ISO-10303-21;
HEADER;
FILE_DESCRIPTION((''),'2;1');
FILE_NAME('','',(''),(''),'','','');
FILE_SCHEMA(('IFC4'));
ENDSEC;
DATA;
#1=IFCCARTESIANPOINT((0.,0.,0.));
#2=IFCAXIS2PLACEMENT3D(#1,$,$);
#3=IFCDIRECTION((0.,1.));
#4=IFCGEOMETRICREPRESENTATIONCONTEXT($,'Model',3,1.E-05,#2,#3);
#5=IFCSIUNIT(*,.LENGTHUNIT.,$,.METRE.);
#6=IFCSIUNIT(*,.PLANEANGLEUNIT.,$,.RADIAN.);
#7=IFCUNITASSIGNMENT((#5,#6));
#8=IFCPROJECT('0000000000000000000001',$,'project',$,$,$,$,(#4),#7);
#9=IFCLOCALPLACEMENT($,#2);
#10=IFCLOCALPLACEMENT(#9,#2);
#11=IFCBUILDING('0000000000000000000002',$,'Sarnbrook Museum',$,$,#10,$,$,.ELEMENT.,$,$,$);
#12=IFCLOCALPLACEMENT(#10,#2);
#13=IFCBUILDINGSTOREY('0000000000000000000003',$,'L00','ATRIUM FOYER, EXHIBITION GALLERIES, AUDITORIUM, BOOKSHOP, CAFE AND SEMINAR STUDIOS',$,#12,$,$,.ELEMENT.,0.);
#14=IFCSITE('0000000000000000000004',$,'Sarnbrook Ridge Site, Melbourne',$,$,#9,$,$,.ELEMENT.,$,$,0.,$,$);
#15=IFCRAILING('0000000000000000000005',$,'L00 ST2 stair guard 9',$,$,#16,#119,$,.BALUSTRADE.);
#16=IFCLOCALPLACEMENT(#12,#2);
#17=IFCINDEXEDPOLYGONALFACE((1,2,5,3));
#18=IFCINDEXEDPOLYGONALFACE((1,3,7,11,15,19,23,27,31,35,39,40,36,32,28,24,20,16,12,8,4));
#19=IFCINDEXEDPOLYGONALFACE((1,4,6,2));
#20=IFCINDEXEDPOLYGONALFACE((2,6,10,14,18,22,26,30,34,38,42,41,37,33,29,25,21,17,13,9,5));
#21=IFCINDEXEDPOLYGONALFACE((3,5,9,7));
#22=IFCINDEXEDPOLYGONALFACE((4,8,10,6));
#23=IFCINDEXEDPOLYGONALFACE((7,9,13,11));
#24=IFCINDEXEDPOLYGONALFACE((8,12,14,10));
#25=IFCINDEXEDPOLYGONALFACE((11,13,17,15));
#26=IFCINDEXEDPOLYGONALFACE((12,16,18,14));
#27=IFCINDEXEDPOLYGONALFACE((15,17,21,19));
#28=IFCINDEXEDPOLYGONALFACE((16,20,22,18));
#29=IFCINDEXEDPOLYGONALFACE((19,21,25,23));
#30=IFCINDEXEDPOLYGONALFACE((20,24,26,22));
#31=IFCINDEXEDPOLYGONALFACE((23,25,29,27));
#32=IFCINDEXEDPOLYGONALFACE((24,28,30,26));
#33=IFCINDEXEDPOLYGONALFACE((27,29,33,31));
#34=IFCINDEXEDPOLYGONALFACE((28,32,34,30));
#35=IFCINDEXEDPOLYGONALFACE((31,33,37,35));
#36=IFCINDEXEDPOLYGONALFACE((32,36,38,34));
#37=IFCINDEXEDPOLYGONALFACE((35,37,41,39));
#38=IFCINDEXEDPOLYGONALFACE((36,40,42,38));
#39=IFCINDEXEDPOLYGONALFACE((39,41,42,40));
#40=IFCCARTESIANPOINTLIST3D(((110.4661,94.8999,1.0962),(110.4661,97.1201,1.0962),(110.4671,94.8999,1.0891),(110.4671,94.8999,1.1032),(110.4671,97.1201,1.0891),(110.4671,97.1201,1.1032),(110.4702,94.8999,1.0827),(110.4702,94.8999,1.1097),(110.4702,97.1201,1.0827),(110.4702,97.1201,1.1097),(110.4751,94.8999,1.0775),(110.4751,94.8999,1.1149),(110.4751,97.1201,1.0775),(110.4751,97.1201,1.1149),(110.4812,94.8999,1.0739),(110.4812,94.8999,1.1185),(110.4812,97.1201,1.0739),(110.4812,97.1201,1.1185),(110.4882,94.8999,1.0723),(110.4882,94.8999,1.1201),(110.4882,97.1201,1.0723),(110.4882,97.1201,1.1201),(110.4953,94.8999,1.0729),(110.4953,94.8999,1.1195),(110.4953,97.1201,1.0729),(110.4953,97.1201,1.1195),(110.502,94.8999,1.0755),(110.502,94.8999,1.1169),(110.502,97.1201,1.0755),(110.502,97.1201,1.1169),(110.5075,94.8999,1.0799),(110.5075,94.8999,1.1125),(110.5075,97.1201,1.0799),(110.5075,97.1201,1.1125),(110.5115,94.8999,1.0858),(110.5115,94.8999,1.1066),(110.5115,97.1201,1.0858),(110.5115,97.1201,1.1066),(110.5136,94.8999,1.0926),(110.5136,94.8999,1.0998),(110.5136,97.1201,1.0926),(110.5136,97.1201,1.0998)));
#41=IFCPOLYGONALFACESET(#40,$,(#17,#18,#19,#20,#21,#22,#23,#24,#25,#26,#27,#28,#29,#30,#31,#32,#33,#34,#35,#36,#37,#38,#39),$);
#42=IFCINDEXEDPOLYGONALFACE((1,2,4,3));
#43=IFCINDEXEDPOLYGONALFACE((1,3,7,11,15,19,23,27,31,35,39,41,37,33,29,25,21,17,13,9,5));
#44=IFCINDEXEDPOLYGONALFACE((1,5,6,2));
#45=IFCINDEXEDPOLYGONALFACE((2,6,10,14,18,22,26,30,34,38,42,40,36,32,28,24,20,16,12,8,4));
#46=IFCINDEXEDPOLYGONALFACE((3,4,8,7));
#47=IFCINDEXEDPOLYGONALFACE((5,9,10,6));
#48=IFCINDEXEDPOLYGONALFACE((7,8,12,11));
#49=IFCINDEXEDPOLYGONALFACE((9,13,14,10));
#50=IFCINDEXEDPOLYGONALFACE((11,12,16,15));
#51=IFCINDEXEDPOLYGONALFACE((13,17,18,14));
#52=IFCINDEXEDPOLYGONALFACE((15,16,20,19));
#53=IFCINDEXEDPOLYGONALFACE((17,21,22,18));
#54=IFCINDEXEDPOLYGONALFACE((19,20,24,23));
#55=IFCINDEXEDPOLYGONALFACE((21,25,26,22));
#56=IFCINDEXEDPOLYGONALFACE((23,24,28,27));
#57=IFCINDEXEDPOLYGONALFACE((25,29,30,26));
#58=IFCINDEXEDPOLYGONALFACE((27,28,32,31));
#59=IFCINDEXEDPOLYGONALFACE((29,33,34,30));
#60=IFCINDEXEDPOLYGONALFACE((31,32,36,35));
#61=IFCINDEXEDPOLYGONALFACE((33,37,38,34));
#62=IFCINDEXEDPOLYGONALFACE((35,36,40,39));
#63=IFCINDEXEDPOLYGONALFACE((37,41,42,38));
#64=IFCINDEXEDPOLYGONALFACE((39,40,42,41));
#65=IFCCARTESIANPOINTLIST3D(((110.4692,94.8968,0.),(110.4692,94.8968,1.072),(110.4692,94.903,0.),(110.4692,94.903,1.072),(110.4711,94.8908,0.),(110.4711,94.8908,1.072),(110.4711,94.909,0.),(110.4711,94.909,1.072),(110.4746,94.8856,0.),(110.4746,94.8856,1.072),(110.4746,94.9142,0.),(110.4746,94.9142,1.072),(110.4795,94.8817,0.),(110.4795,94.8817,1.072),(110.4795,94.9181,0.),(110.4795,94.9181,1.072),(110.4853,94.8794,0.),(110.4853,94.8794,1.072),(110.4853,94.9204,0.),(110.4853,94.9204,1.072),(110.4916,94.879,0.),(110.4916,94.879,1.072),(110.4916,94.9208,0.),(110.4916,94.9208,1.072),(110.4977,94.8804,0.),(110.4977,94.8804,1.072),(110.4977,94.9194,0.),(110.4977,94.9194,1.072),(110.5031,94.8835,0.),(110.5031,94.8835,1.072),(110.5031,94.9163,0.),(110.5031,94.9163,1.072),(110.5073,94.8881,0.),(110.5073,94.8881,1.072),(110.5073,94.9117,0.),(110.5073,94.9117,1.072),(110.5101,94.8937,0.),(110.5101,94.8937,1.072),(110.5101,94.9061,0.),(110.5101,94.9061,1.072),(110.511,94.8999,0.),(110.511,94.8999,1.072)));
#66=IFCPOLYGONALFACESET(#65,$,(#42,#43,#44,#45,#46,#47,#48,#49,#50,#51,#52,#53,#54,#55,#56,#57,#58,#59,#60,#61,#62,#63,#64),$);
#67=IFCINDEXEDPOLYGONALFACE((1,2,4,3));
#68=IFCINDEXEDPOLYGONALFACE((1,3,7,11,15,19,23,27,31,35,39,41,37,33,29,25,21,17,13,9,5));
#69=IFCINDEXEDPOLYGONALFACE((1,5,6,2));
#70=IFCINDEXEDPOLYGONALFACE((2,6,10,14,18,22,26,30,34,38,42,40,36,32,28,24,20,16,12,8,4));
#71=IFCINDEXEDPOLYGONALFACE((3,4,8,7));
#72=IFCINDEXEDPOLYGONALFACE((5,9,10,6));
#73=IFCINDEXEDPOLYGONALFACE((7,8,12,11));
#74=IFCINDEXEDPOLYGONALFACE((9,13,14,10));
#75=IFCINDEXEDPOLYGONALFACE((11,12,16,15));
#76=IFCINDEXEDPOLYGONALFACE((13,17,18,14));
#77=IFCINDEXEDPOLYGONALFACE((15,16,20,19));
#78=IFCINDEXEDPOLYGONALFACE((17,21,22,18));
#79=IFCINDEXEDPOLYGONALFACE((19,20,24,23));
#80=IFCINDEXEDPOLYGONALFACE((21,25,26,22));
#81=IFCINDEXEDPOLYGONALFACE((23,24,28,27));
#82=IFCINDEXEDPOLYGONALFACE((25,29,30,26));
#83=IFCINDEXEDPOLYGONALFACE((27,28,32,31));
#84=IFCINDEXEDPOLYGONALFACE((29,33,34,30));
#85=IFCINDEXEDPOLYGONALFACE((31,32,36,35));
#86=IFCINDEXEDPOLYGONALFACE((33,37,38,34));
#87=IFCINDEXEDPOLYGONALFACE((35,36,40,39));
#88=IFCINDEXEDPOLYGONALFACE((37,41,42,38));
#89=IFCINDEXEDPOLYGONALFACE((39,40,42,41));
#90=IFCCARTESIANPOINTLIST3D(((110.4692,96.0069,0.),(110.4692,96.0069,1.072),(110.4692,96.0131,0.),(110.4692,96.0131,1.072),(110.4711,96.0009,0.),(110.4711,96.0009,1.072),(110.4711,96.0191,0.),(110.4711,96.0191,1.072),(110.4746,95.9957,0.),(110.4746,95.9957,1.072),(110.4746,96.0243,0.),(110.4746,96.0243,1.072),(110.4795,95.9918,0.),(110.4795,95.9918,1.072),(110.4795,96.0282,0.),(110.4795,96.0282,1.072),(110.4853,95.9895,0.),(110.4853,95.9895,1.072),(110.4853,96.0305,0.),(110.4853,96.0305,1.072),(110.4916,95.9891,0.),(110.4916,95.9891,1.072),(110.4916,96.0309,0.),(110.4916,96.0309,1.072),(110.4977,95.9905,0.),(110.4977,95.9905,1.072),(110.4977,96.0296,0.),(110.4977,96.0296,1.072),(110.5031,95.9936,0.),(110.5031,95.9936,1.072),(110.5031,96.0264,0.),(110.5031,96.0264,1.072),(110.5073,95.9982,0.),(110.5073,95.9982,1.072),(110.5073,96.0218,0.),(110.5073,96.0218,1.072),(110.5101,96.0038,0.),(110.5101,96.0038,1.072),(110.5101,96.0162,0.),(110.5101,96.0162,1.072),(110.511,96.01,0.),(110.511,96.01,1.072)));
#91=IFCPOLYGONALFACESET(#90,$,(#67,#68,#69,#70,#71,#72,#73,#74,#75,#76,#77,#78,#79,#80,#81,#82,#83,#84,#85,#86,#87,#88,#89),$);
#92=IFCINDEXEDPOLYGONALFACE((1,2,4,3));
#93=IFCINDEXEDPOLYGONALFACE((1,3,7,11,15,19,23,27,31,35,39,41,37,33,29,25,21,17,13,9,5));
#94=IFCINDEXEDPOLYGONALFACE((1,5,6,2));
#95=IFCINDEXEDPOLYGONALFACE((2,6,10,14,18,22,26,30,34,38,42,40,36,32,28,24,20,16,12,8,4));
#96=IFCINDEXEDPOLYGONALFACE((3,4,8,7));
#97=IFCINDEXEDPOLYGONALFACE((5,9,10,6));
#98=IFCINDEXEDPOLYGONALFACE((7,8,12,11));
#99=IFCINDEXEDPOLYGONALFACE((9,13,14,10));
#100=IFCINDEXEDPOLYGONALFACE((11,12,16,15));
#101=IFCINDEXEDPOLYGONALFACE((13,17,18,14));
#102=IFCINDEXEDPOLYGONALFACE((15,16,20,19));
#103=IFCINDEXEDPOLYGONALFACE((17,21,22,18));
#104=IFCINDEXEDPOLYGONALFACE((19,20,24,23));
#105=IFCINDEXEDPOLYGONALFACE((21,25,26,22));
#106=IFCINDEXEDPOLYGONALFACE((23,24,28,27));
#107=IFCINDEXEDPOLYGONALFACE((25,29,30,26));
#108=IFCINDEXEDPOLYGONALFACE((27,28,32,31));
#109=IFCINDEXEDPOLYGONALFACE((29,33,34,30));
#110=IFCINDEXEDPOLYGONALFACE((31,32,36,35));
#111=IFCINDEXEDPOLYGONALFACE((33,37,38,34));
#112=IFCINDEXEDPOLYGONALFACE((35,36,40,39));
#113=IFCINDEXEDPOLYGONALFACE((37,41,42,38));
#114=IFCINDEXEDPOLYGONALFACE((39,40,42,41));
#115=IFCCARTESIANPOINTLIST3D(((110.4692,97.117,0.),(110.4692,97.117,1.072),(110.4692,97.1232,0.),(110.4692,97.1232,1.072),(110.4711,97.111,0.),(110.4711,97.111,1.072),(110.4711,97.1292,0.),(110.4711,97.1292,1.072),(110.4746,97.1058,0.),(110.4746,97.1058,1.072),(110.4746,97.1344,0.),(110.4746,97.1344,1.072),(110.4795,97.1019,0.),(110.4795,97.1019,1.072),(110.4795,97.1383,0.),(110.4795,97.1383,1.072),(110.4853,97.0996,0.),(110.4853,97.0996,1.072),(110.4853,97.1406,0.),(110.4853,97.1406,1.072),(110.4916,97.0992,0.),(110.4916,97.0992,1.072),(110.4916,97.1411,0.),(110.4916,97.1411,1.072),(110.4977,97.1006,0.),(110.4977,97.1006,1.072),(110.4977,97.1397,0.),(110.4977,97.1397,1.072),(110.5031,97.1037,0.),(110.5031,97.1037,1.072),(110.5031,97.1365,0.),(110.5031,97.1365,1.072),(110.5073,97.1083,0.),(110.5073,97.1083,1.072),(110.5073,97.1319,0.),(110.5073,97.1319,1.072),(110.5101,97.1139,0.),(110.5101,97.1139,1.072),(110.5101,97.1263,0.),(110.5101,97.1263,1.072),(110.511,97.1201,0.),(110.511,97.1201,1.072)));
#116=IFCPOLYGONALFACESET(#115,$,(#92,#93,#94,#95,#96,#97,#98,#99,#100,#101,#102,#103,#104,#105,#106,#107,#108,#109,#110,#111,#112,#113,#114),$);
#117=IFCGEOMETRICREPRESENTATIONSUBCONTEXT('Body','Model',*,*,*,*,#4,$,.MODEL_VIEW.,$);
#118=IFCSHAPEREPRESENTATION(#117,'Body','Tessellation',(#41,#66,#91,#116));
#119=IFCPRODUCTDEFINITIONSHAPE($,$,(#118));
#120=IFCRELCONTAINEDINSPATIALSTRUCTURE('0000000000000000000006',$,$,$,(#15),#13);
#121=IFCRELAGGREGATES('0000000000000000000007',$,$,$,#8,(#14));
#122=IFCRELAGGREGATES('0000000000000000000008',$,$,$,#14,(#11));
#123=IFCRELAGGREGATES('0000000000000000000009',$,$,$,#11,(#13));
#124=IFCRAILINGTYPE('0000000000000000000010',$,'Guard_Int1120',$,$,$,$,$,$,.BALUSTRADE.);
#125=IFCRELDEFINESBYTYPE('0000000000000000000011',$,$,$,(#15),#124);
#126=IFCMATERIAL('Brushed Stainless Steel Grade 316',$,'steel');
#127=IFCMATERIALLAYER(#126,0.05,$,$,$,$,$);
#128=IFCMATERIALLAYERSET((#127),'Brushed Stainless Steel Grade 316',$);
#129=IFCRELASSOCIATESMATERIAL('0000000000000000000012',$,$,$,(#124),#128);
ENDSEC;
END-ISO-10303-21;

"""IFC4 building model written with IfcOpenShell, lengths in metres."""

from ifc_helpers import new_model, si_unit, direction, frame, origin, origin_2d, place, context, subcontext, project, spatial, circle, extrude, material, layer, layer_set, type_object, element, save


model = new_model("IFC4")

# Units and contexts
model_context = context("Model", 3, precision=1e-05, world=origin(), true_north=direction((0.0, 1.0)))
body_context = subcontext(model_context, "Body", "Model", "MODEL_VIEW")
ifc_project = project(units=[si_unit("LENGTHUNIT", "METRE"), si_unit("PLANEANGLEUNIT", "RADIAN")], contexts=[model_context])

# Site, building, storey
site_placement = place(None, origin())
site = spatial("IfcSite", under=ifc_project, at=site_placement, Name="Sarnbrook Ridge Site, Melbourne", CompositionType="ELEMENT", RefElevation=0.0)
building_placement = place(site_placement, origin())
building = spatial("IfcBuilding", under=site, at=building_placement, Name="Sarnbrook Museum", CompositionType="ELEMENT")
storey_placement = place(building_placement, origin())
storey = spatial("IfcBuildingStorey", under=building, at=storey_placement, Name="L00", Description="ATRIUM FOYER, EXHIBITION GALLERIES, AUDITORIUM, BOOKSHOP, CAFE AND SEMINAR STUDIOS", CompositionType="ELEMENT", Elevation=0.0)

# Shared definitions
ifc_material_1 = material(Name="Brushed Stainless Steel Grade 316", Category="steel")

# Railing
ifc_layer_1 = layer(ifc_material_1, 0.05)
ifc_layer_set_1 = layer_set([ifc_layer_1], Name="Brushed Stainless Steel Grade 316")
railing_type_1 = type_object("IfcRailingType", Name="Guard_Int1120", PredefinedType="BALUSTRADE", material=ifc_layer_set_1)
for number, where, name in (
    (1, (110.49, 94.8999, 0.0), "L00 ST2 stair guard 9"),
):
    element("IfcRailing", number, at=place(storey_placement, frame(where)), inside=storey, type_object=railing_type_1, Name=name, PredefinedType="BALUSTRADE", context=body_context, shape_type="SweptSolid", body=[
        extrude(circle(Radius=0.0239, at=origin_2d()), frame((0.0, 0.0, 1.0962), z_axis=(0.0, 1.0, 0.0), x_axis=(-1.0, 0.0, 0.0)), (0.0, 0.0, 1.0), 2.2202),
        extrude(circle(Radius=0.021, at=origin_2d()), origin(), (0.0, 0.0, 1.0), 1.072),
        extrude(circle(Radius=0.021, at=origin_2d()), frame((0.0, 1.1101, 0.0)), (0.0, 0.0, 1.0), 1.072),
        extrude(circle(Radius=0.021, at=origin_2d()), frame((0.0, 2.2202, 0.0)), (0.0, 0.0, 1.0), 1.072),
    ])

save(model, "model.ifc")
